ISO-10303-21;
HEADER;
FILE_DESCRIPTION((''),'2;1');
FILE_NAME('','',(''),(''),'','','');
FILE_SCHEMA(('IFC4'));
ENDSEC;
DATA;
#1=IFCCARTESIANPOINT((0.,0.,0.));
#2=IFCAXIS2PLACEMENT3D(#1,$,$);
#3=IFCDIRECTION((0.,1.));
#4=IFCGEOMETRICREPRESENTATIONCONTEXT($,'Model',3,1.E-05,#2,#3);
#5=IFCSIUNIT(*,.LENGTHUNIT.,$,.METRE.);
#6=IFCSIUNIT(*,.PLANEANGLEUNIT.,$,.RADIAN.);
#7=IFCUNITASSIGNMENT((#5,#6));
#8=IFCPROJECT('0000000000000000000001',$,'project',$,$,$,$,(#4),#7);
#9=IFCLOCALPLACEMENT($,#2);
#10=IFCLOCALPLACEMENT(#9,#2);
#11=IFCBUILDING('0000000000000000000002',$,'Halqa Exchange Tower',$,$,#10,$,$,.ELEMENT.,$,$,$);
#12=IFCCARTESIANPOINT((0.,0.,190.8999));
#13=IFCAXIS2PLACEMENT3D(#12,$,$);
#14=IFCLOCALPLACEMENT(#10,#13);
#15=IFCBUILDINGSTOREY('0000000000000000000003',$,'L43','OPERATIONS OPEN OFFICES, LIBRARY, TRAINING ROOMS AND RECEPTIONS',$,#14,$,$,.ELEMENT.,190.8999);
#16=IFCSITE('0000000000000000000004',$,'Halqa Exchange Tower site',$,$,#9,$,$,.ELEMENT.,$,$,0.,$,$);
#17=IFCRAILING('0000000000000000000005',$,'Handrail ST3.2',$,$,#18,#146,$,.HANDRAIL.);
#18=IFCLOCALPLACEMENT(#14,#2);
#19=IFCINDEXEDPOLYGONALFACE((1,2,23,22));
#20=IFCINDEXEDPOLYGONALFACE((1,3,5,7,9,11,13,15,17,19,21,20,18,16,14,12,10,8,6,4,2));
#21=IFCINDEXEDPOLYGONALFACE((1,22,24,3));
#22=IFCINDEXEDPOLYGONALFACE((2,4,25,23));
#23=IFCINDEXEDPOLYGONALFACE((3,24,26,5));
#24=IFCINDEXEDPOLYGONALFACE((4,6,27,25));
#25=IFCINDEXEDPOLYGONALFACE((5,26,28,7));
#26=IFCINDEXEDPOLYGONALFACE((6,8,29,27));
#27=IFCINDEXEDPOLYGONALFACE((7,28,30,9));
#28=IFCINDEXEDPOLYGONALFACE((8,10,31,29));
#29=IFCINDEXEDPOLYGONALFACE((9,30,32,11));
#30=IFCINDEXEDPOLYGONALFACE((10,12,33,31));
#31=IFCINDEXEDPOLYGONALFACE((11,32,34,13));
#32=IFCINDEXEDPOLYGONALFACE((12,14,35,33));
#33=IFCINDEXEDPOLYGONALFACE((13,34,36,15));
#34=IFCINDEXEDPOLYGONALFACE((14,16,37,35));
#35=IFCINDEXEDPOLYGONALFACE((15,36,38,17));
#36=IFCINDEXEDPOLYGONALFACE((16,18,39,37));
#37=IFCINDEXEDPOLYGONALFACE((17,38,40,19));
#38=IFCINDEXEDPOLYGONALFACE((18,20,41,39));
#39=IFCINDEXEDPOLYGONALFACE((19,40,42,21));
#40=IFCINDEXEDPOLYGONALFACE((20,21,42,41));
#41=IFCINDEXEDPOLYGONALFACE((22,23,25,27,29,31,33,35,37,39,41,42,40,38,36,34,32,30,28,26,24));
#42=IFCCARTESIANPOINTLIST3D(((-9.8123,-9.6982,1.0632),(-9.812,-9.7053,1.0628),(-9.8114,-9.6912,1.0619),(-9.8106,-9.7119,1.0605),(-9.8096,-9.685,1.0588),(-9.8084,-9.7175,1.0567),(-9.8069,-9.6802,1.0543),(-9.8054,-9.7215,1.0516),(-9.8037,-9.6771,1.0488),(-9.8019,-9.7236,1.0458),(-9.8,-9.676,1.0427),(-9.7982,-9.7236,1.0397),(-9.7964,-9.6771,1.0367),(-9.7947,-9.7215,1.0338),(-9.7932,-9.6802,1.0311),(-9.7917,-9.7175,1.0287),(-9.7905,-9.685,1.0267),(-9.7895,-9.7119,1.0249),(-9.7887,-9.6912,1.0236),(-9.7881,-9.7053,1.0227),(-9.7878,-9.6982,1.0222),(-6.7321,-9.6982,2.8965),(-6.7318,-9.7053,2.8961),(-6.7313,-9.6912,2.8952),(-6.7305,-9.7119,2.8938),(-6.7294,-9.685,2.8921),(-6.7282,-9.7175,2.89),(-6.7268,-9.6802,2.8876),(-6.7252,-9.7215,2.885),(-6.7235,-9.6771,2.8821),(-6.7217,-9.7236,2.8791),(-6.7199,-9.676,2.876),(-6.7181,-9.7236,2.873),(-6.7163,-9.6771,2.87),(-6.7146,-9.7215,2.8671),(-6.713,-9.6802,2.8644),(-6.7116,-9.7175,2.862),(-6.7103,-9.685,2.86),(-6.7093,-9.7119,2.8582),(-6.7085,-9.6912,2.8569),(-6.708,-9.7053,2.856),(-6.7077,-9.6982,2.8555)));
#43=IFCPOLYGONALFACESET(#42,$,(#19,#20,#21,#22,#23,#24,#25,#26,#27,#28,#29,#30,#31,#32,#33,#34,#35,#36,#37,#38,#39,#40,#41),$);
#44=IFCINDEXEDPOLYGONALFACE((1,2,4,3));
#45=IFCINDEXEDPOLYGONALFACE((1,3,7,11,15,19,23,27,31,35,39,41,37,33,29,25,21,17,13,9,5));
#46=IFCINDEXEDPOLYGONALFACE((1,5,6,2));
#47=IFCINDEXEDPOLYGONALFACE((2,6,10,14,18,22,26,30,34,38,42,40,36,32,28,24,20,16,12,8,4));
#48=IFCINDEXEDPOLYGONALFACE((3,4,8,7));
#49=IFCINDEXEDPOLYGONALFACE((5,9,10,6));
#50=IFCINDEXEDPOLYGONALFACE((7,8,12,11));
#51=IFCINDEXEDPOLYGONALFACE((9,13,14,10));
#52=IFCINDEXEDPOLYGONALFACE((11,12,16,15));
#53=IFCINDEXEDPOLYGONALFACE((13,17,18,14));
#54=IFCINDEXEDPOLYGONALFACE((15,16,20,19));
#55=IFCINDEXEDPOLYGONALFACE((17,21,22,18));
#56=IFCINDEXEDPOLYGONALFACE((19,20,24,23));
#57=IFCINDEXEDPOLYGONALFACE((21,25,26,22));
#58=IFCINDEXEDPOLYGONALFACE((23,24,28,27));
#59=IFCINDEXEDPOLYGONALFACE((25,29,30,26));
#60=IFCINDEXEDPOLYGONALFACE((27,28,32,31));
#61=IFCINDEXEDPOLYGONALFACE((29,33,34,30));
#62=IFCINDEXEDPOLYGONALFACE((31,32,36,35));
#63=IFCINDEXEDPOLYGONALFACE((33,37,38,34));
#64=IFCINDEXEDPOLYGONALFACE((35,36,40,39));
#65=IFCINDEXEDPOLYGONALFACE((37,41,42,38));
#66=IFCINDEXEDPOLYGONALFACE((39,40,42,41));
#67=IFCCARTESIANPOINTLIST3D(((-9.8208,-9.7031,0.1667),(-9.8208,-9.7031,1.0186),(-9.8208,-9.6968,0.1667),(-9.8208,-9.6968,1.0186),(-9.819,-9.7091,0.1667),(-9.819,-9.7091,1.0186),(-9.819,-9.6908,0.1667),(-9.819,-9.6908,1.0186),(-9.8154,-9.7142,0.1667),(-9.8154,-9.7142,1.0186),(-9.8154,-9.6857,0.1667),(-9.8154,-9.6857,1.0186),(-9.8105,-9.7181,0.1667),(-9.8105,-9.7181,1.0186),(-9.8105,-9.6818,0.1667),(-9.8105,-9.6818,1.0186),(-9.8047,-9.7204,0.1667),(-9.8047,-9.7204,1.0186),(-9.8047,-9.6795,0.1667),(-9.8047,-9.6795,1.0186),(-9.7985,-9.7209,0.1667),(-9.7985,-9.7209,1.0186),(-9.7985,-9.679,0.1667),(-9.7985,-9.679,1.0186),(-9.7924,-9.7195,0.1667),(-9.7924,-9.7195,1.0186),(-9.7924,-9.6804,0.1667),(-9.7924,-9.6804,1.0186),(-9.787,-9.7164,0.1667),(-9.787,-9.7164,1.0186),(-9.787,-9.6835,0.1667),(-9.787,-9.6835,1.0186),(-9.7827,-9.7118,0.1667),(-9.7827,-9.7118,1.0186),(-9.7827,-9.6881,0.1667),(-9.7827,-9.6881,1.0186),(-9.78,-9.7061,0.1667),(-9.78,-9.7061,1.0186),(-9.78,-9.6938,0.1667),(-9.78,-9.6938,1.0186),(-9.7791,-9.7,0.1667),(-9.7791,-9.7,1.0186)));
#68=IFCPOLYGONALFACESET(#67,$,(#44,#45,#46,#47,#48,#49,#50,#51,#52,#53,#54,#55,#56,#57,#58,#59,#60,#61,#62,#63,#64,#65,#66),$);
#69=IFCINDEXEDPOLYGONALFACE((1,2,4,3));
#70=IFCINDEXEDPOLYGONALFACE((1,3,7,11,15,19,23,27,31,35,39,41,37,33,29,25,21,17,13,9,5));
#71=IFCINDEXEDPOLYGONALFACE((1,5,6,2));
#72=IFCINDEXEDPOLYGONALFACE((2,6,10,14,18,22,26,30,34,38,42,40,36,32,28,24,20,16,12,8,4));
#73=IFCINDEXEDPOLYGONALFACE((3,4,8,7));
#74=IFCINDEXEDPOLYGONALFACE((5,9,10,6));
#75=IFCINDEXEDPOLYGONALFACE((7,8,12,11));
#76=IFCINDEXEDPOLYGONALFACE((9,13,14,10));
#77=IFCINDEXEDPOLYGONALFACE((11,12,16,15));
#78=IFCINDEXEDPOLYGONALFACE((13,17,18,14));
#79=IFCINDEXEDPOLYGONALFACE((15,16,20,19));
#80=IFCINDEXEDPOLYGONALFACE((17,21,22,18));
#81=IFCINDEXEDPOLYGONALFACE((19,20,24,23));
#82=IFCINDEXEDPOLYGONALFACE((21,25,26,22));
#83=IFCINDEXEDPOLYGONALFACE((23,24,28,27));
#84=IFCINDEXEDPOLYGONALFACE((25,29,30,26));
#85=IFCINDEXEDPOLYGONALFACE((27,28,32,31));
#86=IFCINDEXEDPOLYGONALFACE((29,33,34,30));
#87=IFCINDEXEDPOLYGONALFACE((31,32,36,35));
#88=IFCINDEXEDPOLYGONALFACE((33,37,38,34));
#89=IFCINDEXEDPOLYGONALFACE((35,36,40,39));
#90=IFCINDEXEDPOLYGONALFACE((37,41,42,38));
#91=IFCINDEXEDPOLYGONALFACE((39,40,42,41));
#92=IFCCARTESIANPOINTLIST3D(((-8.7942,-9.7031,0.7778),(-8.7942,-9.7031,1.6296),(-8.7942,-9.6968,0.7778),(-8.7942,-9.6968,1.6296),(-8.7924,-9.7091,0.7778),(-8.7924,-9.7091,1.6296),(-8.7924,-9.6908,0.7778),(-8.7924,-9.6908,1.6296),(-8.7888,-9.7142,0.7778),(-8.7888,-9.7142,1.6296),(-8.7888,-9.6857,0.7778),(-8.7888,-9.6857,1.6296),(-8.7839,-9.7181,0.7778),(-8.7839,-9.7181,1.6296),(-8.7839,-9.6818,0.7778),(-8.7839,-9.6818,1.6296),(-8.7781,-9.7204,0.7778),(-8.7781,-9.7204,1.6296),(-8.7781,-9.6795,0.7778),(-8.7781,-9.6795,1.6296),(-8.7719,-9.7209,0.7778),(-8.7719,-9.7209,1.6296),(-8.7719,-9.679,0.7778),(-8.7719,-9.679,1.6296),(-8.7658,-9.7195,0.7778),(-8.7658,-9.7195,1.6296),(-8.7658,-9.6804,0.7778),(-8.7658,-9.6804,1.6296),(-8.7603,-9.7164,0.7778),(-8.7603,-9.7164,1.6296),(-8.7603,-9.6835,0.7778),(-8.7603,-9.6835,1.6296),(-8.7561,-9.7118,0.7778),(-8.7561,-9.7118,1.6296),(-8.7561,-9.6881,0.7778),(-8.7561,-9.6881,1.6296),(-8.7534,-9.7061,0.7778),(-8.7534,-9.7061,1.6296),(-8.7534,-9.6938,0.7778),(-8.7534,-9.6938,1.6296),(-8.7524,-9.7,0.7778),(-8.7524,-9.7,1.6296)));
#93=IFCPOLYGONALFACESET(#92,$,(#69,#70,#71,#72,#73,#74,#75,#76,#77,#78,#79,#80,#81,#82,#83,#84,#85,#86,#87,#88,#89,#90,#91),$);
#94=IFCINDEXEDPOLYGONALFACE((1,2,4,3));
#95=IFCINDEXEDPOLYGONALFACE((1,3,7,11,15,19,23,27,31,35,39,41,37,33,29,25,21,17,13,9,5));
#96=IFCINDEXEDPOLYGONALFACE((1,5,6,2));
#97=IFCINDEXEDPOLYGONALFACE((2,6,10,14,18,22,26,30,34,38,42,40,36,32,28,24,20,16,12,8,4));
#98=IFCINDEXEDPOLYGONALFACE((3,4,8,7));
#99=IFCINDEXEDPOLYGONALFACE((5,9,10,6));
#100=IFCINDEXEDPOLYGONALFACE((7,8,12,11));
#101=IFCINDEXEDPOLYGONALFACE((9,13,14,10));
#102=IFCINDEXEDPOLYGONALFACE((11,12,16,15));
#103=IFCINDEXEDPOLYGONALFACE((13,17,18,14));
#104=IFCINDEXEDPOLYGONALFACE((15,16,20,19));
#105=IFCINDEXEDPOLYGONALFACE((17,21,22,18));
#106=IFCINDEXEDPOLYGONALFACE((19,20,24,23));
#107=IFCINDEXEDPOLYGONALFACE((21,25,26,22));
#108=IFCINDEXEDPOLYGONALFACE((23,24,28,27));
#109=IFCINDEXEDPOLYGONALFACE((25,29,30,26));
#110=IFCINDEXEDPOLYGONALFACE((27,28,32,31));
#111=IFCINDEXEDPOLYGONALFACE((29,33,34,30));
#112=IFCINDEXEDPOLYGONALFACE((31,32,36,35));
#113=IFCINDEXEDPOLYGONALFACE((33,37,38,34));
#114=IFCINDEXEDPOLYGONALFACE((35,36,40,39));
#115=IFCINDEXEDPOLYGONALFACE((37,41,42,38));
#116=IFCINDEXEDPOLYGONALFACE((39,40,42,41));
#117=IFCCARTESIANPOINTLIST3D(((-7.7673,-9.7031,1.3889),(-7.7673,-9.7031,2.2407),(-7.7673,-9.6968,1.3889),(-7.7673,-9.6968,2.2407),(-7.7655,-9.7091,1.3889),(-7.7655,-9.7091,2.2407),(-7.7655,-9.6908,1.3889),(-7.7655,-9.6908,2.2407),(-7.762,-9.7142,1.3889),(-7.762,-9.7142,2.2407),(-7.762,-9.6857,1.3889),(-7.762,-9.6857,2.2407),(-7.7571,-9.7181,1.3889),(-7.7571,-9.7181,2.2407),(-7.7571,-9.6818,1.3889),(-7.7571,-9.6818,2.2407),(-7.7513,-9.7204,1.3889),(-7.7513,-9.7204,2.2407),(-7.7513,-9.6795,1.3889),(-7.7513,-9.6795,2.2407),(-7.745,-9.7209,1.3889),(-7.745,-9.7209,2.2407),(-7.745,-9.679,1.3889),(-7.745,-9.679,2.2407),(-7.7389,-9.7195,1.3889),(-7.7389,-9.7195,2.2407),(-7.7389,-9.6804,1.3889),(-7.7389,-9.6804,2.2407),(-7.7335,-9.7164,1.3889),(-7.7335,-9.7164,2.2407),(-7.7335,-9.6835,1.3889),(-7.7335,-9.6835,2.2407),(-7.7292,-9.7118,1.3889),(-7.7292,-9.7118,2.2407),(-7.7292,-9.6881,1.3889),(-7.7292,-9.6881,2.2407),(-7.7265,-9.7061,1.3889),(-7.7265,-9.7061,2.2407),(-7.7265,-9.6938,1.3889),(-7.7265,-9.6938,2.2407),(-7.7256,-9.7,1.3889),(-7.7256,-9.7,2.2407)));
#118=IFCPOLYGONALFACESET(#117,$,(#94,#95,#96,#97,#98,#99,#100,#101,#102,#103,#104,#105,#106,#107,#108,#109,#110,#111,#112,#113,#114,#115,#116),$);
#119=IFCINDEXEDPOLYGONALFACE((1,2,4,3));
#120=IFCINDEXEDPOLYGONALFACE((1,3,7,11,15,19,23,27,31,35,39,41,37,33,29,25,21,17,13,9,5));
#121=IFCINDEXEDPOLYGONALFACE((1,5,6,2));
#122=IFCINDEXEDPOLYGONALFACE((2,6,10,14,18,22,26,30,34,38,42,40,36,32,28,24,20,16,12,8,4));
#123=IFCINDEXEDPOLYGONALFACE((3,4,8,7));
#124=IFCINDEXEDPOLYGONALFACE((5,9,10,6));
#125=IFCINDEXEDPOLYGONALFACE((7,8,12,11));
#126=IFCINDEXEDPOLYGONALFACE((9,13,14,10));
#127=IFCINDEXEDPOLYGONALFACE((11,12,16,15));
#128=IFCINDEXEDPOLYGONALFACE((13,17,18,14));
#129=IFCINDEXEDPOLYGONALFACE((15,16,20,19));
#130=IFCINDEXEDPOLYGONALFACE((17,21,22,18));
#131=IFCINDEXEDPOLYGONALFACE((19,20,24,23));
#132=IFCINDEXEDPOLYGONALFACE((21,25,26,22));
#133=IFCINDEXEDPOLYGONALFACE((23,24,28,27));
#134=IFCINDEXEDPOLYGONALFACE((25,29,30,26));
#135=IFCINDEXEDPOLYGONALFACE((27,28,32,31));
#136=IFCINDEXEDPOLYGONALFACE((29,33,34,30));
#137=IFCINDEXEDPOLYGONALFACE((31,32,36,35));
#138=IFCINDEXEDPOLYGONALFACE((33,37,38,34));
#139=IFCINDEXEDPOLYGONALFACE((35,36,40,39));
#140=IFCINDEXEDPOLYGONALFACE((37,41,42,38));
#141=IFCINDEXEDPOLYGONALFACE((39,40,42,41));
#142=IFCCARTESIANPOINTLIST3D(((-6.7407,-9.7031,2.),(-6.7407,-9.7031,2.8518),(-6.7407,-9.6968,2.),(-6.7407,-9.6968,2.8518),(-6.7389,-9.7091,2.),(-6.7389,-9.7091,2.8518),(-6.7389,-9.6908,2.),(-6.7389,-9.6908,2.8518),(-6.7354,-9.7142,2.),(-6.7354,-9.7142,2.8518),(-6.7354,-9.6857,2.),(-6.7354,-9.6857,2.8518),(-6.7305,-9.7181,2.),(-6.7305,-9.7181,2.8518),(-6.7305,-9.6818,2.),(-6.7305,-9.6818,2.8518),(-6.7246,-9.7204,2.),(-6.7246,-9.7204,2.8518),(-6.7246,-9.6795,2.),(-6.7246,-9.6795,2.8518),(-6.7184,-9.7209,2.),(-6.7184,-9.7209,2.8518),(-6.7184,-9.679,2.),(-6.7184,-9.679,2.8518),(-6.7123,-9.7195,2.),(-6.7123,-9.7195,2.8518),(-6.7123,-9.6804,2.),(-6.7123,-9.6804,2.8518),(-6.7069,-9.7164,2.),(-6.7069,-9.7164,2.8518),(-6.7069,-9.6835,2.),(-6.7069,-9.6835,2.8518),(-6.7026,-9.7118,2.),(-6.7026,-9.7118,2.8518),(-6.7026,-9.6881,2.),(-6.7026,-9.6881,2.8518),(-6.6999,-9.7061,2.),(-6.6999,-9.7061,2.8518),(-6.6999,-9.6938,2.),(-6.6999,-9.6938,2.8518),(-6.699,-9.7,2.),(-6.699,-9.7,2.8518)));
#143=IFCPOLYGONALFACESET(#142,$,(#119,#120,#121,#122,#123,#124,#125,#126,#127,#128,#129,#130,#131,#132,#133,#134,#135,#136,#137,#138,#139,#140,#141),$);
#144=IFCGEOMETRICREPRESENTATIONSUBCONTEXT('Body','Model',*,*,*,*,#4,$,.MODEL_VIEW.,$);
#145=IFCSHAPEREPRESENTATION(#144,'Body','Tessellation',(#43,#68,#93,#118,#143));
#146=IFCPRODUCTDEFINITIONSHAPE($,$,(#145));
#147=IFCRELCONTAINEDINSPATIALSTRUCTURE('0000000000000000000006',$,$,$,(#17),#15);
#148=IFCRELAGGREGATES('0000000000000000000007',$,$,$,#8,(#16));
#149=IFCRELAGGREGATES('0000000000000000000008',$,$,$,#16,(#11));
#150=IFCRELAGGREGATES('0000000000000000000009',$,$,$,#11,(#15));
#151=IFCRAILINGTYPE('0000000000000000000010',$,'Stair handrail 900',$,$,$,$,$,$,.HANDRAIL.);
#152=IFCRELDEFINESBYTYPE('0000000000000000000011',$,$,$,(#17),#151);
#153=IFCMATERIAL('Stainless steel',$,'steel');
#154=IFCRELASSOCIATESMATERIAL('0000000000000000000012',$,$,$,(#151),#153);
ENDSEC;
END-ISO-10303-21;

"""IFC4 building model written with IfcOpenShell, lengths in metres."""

from ifc_helpers import new_model, si_unit, direction, frame, origin, origin_2d, place, context, subcontext, project, spatial, circle, extrude, material, type_object, element, save


model = new_model("IFC4")

# Units and contexts
model_context = context("Model", 3, precision=1e-05, world=origin(), true_north=direction((0.0, 1.0)))
body_context = subcontext(model_context, "Body", "Model", "MODEL_VIEW")
ifc_project = project(units=[si_unit("LENGTHUNIT", "METRE"), si_unit("PLANEANGLEUNIT", "RADIAN")], contexts=[model_context])

# Site, building, storey
site_placement = place(None, origin())
site = spatial("IfcSite", under=ifc_project, at=site_placement, Name="Halqa Exchange Tower site", CompositionType="ELEMENT", RefElevation=0.0)
building_placement = place(site_placement, origin())
building = spatial("IfcBuilding", under=site, at=building_placement, Name="Halqa Exchange Tower", CompositionType="ELEMENT")
storey_placement = place(building_placement, frame((0.0, 0.0, 190.8999)))
storey = spatial("IfcBuildingStorey", under=building, at=storey_placement, Name="L43", Description="OPERATIONS OPEN OFFICES, LIBRARY, TRAINING ROOMS AND RECEPTIONS", CompositionType="ELEMENT", Elevation=190.8999)

# Shared definitions
ifc_material_1 = material(Name="Stainless steel", Category="steel")

# Railing
railing_type_1 = type_object("IfcRailingType", Name="Stair handrail 900", PredefinedType="HANDRAIL", material=ifc_material_1)
railing_1_placement = place(storey_placement, frame((-9.8, -9.7, 0.1667)))
element("IfcRailing", 1, at=railing_1_placement, inside=storey, type_object=railing_type_1, Name="Handrail ST3.2", PredefinedType="HANDRAIL", context=body_context, shape_type="SweptSolid", body=[
    extrude(circle(Radius=0.0239, at=origin_2d()), frame((0.0, 0.0, 0.876), z_axis=(0.859309, 0.0, 0.511458), x_axis=(0.0, 1.0, 0.0)), (0.0, 0.0, 1.0), 3.5845),
    extrude(circle(Radius=0.021, at=origin_2d()), origin(), (0.0, 0.0, 1.0), 0.8518),
    extrude(circle(Radius=0.021, at=origin_2d()), frame((1.0266, 0.0, 0.6111)), (0.0, 0.0, 1.0), 0.8518),
    extrude(circle(Radius=0.021, at=origin_2d()), frame((2.0535, 0.0, 1.2222)), (0.0, 0.0, 1.0), 0.8518),
    extrude(circle(Radius=0.021, at=origin_2d()), frame((3.0801, 0.0, 1.8333)), (0.0, 0.0, 1.0), 0.8518),
])

save(model, "model.ifc")
